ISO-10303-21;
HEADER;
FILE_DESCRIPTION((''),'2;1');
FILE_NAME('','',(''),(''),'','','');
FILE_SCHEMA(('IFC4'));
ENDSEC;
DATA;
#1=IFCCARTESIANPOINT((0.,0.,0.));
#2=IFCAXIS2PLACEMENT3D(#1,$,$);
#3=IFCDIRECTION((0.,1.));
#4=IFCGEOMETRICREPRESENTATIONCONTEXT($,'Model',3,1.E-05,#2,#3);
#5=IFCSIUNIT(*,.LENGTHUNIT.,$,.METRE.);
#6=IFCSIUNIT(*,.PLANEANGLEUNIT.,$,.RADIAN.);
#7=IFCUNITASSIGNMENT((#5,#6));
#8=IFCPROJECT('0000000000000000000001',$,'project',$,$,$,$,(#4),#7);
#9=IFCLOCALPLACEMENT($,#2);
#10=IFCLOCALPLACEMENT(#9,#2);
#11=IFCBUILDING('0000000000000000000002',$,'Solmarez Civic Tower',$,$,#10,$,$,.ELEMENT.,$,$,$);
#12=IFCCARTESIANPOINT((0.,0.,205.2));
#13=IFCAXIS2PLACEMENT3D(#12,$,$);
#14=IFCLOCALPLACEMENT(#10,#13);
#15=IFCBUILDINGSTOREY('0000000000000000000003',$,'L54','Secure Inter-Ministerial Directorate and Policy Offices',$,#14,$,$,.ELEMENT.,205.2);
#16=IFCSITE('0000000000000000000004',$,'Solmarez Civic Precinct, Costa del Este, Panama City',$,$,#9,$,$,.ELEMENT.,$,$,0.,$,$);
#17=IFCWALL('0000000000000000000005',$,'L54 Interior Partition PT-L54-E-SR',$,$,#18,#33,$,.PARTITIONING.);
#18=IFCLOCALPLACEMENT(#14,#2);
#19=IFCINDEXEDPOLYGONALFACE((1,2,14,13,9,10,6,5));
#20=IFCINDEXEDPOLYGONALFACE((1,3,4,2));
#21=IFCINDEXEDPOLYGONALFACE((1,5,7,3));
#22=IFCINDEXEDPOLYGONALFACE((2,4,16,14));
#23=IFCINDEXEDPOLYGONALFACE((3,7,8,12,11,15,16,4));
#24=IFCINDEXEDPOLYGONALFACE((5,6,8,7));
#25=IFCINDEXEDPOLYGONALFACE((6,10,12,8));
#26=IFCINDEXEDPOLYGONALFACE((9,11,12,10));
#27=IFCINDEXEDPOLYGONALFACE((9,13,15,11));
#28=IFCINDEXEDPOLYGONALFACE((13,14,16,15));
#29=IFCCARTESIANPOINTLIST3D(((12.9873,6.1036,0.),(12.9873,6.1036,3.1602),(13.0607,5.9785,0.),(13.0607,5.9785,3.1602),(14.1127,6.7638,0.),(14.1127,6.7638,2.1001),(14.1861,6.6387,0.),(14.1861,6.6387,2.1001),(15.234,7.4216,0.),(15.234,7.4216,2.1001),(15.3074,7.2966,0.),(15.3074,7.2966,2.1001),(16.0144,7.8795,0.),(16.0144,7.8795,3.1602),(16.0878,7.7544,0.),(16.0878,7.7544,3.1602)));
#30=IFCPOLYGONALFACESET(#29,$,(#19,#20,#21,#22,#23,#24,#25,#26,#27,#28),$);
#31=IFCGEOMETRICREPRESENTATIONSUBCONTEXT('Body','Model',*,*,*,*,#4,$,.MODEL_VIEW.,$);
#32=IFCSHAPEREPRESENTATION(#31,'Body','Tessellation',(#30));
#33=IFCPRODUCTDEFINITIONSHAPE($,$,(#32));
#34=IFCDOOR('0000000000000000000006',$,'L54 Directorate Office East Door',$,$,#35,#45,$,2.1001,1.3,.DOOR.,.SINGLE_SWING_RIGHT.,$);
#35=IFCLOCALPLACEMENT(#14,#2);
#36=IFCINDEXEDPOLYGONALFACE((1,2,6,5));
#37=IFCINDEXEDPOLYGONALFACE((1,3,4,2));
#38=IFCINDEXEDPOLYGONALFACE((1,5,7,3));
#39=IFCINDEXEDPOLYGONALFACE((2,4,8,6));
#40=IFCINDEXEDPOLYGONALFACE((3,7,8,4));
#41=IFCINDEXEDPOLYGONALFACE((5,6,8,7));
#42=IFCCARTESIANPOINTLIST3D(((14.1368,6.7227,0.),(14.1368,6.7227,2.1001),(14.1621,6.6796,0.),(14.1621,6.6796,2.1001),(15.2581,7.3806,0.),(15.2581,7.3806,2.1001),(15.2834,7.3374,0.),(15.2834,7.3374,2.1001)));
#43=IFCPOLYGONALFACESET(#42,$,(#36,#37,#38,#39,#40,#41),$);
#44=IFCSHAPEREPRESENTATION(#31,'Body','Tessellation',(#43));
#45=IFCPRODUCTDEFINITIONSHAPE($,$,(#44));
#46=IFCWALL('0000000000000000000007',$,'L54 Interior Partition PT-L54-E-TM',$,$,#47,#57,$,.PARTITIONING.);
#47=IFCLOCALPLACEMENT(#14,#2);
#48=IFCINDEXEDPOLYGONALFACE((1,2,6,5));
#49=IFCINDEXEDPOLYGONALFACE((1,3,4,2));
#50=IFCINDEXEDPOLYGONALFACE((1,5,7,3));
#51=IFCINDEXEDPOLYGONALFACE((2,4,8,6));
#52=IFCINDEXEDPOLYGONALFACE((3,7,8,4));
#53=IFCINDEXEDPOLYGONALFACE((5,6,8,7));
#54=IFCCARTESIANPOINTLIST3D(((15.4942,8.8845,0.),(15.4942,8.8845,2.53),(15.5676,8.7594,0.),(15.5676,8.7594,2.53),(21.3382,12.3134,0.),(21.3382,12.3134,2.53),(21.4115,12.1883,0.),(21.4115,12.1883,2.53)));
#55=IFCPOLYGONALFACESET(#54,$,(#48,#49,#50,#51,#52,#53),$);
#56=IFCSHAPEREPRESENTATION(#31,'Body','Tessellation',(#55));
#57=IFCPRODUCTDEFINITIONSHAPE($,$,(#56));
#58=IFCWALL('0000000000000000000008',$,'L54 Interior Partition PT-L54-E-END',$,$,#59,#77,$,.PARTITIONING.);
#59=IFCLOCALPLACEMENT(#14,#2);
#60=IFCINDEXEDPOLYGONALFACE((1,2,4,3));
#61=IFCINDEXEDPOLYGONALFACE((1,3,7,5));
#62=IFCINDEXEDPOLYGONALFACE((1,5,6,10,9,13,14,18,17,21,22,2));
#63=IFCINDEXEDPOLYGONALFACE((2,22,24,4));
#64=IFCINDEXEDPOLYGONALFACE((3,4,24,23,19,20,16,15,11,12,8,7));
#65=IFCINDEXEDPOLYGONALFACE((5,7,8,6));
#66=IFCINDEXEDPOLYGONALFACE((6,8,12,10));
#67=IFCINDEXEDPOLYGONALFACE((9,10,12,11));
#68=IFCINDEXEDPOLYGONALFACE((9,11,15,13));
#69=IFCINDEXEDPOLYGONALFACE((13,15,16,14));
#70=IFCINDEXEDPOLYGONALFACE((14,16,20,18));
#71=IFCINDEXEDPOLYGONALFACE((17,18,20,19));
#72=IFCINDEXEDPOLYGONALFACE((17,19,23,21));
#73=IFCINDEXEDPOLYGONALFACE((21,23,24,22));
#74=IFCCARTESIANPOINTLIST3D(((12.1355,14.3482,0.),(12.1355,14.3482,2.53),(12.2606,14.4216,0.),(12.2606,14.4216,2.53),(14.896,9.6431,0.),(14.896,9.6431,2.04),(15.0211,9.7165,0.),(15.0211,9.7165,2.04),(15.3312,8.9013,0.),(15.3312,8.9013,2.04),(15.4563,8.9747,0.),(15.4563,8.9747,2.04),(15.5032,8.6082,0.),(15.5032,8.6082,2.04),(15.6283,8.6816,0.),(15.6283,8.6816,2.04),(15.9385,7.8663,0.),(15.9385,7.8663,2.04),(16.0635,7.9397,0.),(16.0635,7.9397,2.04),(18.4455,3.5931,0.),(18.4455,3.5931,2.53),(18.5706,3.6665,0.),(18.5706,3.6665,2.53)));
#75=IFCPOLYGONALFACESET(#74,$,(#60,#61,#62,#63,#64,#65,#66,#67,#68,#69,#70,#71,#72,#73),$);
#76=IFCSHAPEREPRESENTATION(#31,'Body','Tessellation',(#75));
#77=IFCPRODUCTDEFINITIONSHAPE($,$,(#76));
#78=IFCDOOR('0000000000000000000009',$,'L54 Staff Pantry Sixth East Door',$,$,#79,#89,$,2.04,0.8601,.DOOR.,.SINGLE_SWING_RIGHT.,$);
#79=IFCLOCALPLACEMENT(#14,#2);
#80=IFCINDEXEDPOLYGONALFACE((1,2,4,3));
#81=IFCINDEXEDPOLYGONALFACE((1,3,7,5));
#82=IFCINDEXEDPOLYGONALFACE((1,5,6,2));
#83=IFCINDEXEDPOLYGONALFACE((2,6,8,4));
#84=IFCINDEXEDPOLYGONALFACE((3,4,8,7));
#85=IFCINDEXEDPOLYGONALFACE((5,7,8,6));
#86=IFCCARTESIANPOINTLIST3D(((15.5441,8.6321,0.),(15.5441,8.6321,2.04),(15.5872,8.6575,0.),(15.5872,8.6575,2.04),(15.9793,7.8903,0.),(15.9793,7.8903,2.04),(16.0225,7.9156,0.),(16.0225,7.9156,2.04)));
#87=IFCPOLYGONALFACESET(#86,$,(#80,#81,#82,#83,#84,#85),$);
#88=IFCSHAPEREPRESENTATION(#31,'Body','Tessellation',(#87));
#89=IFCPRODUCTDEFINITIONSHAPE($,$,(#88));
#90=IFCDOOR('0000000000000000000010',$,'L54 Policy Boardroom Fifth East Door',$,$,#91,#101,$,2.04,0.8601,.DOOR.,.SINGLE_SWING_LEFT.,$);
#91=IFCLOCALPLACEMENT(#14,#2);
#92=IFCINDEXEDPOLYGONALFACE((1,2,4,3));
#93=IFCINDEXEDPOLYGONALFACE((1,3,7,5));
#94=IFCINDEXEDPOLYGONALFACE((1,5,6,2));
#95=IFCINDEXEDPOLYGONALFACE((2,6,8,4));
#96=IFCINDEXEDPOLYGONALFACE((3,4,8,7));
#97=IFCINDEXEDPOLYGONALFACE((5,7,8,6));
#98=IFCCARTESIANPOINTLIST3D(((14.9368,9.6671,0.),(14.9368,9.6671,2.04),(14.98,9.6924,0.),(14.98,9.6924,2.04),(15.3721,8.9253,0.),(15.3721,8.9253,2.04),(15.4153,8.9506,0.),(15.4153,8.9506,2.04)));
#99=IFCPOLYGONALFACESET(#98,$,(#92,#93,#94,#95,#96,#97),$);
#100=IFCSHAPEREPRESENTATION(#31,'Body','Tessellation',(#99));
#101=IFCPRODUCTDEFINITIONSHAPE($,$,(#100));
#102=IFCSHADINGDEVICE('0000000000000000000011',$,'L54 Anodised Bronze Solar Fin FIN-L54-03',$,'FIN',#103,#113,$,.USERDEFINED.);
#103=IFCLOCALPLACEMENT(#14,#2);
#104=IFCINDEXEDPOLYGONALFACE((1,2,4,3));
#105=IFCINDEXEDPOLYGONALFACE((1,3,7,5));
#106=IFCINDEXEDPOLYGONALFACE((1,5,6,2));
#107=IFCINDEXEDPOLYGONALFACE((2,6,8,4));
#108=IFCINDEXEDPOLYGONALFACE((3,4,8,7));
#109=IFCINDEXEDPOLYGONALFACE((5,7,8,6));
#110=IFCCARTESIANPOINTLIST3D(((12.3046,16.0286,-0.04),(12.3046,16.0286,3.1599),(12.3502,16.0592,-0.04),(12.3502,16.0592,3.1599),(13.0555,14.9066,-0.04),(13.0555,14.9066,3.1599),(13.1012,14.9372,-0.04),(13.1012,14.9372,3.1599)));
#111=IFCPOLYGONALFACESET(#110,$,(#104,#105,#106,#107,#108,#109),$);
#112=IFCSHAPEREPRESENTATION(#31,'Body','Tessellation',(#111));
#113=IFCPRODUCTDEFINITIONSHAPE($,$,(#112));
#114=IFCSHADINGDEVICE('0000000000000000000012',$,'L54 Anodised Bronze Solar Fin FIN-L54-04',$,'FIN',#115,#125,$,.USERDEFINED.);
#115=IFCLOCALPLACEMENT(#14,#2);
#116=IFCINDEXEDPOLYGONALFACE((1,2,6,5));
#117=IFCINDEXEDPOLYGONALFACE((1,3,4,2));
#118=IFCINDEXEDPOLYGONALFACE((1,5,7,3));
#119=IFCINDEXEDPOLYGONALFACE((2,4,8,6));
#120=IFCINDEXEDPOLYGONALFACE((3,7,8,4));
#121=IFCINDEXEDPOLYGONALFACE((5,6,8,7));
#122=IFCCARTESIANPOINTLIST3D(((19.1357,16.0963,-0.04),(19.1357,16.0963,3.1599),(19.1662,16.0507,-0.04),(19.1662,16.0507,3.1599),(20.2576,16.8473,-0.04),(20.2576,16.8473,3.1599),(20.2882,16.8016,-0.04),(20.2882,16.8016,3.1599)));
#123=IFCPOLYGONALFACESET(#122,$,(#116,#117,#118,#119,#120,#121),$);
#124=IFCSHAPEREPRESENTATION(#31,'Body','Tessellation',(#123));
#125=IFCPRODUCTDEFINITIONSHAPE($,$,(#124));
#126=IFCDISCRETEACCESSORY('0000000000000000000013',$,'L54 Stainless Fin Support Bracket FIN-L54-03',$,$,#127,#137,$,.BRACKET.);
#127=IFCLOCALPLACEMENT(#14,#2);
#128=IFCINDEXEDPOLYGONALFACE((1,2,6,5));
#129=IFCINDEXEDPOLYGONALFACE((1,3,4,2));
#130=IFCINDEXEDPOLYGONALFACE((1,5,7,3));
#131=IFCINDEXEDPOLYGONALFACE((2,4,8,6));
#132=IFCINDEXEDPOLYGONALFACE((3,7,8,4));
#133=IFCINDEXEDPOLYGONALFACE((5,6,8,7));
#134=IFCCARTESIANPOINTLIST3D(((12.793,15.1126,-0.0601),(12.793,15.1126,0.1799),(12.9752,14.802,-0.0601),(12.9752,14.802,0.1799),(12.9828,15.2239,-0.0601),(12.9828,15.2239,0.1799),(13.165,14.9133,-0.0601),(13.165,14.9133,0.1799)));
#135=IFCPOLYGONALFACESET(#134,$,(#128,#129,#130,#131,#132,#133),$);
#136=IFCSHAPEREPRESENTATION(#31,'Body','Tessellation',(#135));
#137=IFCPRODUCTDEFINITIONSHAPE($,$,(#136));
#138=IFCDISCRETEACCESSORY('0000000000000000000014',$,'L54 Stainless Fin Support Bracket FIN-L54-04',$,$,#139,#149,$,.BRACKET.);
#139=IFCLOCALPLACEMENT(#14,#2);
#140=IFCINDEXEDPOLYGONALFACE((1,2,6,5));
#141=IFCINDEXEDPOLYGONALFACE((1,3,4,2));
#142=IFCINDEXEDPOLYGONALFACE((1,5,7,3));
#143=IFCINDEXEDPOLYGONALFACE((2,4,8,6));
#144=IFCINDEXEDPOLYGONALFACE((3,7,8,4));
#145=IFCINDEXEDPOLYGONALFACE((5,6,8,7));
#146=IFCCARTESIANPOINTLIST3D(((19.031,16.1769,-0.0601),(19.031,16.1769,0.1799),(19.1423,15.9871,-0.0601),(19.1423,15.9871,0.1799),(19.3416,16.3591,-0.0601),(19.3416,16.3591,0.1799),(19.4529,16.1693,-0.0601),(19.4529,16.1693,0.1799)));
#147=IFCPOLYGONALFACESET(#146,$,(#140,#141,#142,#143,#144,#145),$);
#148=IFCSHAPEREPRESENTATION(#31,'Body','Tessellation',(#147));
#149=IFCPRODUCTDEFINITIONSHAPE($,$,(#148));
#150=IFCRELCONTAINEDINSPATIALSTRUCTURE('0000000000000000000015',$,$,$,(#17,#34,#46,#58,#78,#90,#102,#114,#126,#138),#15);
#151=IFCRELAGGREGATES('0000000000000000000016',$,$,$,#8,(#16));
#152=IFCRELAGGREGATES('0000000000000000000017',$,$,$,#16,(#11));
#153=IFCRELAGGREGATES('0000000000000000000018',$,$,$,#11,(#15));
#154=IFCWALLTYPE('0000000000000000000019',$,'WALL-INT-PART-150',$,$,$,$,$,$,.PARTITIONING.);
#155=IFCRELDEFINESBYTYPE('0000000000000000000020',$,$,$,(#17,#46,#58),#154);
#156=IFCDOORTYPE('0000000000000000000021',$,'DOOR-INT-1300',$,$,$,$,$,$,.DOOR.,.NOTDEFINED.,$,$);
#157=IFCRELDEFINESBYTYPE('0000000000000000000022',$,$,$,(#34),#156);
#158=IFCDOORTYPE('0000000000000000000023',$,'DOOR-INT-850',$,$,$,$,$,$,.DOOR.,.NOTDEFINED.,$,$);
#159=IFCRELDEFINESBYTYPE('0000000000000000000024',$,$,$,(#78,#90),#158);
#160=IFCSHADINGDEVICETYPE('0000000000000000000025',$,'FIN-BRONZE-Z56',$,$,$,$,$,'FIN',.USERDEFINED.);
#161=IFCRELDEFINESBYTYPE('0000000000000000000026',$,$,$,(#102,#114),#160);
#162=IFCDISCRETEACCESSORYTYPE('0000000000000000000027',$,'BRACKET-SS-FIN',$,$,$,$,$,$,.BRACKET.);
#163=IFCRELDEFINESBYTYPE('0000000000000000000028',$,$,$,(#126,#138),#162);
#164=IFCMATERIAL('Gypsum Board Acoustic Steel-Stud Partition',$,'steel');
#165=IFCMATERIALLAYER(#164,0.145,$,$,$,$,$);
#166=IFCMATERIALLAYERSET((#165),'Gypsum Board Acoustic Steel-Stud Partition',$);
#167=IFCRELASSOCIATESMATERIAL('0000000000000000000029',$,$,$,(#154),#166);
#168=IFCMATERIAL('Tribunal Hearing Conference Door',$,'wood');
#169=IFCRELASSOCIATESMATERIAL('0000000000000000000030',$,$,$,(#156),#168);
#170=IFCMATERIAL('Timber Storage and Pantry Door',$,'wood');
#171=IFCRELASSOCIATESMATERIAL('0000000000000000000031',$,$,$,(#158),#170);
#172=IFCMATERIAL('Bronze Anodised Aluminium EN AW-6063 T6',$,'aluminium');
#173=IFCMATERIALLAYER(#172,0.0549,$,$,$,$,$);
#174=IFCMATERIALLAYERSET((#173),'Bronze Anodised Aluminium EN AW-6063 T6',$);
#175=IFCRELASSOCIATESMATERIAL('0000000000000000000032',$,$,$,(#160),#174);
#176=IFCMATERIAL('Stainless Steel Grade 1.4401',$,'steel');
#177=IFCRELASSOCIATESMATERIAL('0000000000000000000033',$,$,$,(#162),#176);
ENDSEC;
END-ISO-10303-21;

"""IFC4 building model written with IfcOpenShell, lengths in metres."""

from ifc_helpers import new_model, si_unit, direction, frame, frame_2d, origin, origin_2d, place, context, subcontext, project, spatial, rectangle, extrude, material, layer, layer_set, type_object, element, fill, save


model = new_model("IFC4")

# Units and contexts
model_context = context("Model", 3, precision=1e-05, world=origin(), true_north=direction((0.0, 1.0)))
body_context = subcontext(model_context, "Body", "Model", "MODEL_VIEW")
ifc_project = project(units=[si_unit("LENGTHUNIT", "METRE"), si_unit("PLANEANGLEUNIT", "RADIAN")], contexts=[model_context])

# Site, building, storey
site_placement = place(None, origin())
site = spatial("IfcSite", under=ifc_project, at=site_placement, Name="Solmarez Civic Precinct, Costa del Este, Panama City", CompositionType="ELEMENT", RefElevation=0.0)
building_placement = place(site_placement, origin())
building = spatial("IfcBuilding", under=site, at=building_placement, Name="Solmarez Civic Tower", CompositionType="ELEMENT")
storey_placement = place(building_placement, frame((0.0, 0.0, 205.2)))
storey = spatial("IfcBuildingStorey", under=building, at=storey_placement, Name="L54", Description="Secure Inter-Ministerial Directorate and Policy Offices", CompositionType="ELEMENT", Elevation=205.2)

# Shared definitions
ifc_material_1 = material(Name="Bronze Anodised Aluminium EN AW-6063 T6", Category="aluminium")

# Wall, opening, door
ifc_material_2 = material(Name="Gypsum Board Acoustic Steel-Stud Partition", Category="steel")
ifc_layer_1 = layer(ifc_material_2, 0.145)
ifc_layer_set_1 = layer_set([ifc_layer_1], Name="Gypsum Board Acoustic Steel-Stud Partition")
wall_type_1 = type_object("IfcWallType", Name="WALL-INT-PART-150", PredefinedType="PARTITIONING", material=ifc_layer_set_1)
ifc_material_3 = material(Name="Tribunal Hearing Conference Door", Category="wood")
door_type_1 = type_object("IfcDoorType", Name="DOOR-INT-1300", OperationType="NOTDEFINED", PredefinedType="DOOR", material=ifc_material_3)
wall_1_placement = place(storey_placement, frame((13.0239, 6.041, 0.0), z_axis=(0.0, 0.0, 1.0), x_axis=(0.862527, 0.50601, 0.0)))
wall_1 = element("IfcWall", 1, at=wall_1_placement, inside=storey, type_object=wall_type_1, Name="L54 Interior Partition PT-L54-E-SR", PredefinedType="PARTITIONING", context=body_context, shape_type="SweptSolid", body=[
    extrude(rectangle(XDim=3.5095, YDim=0.145, at=frame_2d((1.7549, 0.0))), origin(), (0.0, 0.0, 1.0), 3.1602),
])
opening_1_placement = place(wall_1_placement, frame((1.3049, 0.0, 0.0)))
opening_1 = element("IfcOpeningElement", 2, at=opening_1_placement, cuts=wall_1, PredefinedType="OPENING", context=body_context, shape_type="SweptSolid", body=[
    extrude(rectangle(XDim=1.3, YDim=2.1001, at=frame_2d((0.6499, 1.05))), frame((0.0, 0.0825, 0.0), z_axis=(0.0, -1.0, 0.0), x_axis=(1.0, 0.0, 0.0)), (0.0, 0.0, 1.0), 0.165),
])
door_1_placement = place(opening_1_placement, origin())
door_1 = element("IfcDoor", 3, at=door_1_placement, inside=storey, type_object=door_type_1, Name="L54 Directorate Office East Door", OperationType="SINGLE_SWING_RIGHT", OverallHeight=2.1001, OverallWidth=1.3, PredefinedType="DOOR", context=body_context, shape_type="SweptSolid", body=[
    extrude(rectangle(XDim=1.3, YDim=2.1001, at=frame_2d((0.6499, 1.05))), frame((0.0, 0.0249, 0.0), z_axis=(0.0, -1.0, 0.0), x_axis=(1.0, 0.0, 0.0)), (0.0, 0.0, 1.0), 0.05),
])
fill(opening_1, door_1)

# Wall
wall_2_placement = place(storey_placement, frame((15.531, 8.822, 0.0), z_axis=(0.0, 0.0, 1.0), x_axis=(0.862494, 0.506067, 0.0)))
element("IfcWall", 4, at=wall_2_placement, inside=storey, type_object=wall_type_1, Name="L54 Interior Partition PT-L54-E-TM", PredefinedType="PARTITIONING", context=body_context, shape_type="SweptSolid", body=[
    extrude(rectangle(XDim=6.7756, YDim=0.145, at=frame_2d((3.3877, 0.0))), origin(), (0.0, 0.0, 1.0), 2.53),
])

# Wall, openings, doors
wall_3_placement = place(storey_placement, frame((12.198, 14.385, 0.0), z_axis=(0.0, 0.0, 1.0), x_axis=(0.506038, -0.862511, 0.0)))
wall_3 = element("IfcWall", 5, at=wall_3_placement, inside=storey, type_object=wall_type_1, Name="L54 Interior Partition PT-L54-E-END", PredefinedType="PARTITIONING", context=body_context, shape_type="SweptSolid", body=[
    extrude(rectangle(XDim=12.4695, YDim=0.145, at=frame_2d((6.2349, 0.0))), origin(), (0.0, 0.0, 1.0), 2.53),
])
opening_2_placement = place(wall_3_placement, frame((6.655, 0.0, 0.0)))
opening_2 = element("IfcOpeningElement", 6, at=opening_2_placement, cuts=wall_3, PredefinedType="OPENING", context=body_context, shape_type="SweptSolid", body=[
    extrude(rectangle(XDim=0.8601, YDim=2.04, at=frame_2d((0.4302, 1.02))), frame((0.0, 0.0825, 0.0), z_axis=(0.0, -1.0, 0.0), x_axis=(1.0, 0.0, 0.0)), (0.0, 0.0, 1.0), 0.165),
])
opening_3_placement = place(wall_3_placement, frame((5.4551, 0.0, 0.0)))
opening_3 = element("IfcOpeningElement", 7, at=opening_3_placement, cuts=wall_3, PredefinedType="OPENING", context=body_context, shape_type="SweptSolid", body=[
    extrude(rectangle(XDim=0.8601, YDim=2.04, at=frame_2d((0.4302, 1.02))), frame((0.0, 0.0825, 0.0), z_axis=(0.0, -1.0, 0.0), x_axis=(1.0, 0.0, 0.0)), (0.0, 0.0, 1.0), 0.165),
])
ifc_material_4 = material(Name="Timber Storage and Pantry Door", Category="wood")
door_type_2 = type_object("IfcDoorType", Name="DOOR-INT-850", OperationType="NOTDEFINED", PredefinedType="DOOR", material=ifc_material_4)
door_2_placement = place(opening_2_placement, origin())
door_2 = element("IfcDoor", 8, at=door_2_placement, inside=storey, type_object=door_type_2, Name="L54 Staff Pantry Sixth East Door", OperationType="SINGLE_SWING_RIGHT", OverallHeight=2.04, OverallWidth=0.8601, PredefinedType="DOOR", context=body_context, shape_type="SweptSolid", body=[
    extrude(rectangle(XDim=0.8601, YDim=2.04, at=frame_2d((0.4302, 1.02))), frame((0.0, 0.0249, 0.0), z_axis=(0.0, -1.0, 0.0), x_axis=(1.0, 0.0, 0.0)), (0.0, 0.0, 1.0), 0.05),
])
fill(opening_2, door_2)
door_3_placement = place(opening_3_placement, origin())
door_3 = element("IfcDoor", 9, at=door_3_placement, inside=storey, type_object=door_type_2, Name="L54 Policy Boardroom Fifth East Door", OperationType="SINGLE_SWING_LEFT", OverallHeight=2.04, OverallWidth=0.8601, PredefinedType="DOOR", context=body_context, shape_type="SweptSolid", body=[
    extrude(rectangle(XDim=0.8601, YDim=2.04, at=frame_2d((0.4302, 1.02))), frame((0.0, 0.0249, 0.0), z_axis=(0.0, -1.0, 0.0), x_axis=(1.0, 0.0, 0.0)), (0.0, 0.0, 1.0), 0.05),
])
fill(opening_3, door_3)

# Shading devices
ifc_layer_2 = layer(ifc_material_1, 0.0549)
ifc_layer_set_2 = layer_set([ifc_layer_2], Name="Bronze Anodised Aluminium EN AW-6063 T6")
shading_device_type = type_object("IfcShadingDeviceType", Name="FIN-BRONZE-Z56", ElementType="FIN", PredefinedType="USERDEFINED", material=ifc_layer_set_2)
for number, where, z_axis, x_axis, name in (
    (10, (12.7029, 15.4829, -0.04), (0.0, 0.0, 1.0), (-0.556209, 0.831043, 0.0), "L54 Anodised Bronze Solar Fin FIN-L54-03"),
    (11, (19.7119, 16.449, -0.04), (0.0, 0.0, 1.0), (0.831014, 0.556252, 0.0), "L54 Anodised Bronze Solar Fin FIN-L54-04"),
):
    element("IfcShadingDevice", number, at=place(storey_placement, frame(where, z_axis=z_axis, x_axis=x_axis)), inside=storey, type_object=shading_device_type, Name=name, ObjectType="FIN", PredefinedType="USERDEFINED", context=body_context, shape_type="SweptSolid", body=[
        extrude(rectangle(XDim=1.3501, YDim=0.0549, at=origin_2d()), origin(), (0.0, 0.0, 1.0), 3.2),
    ])

# Discrete accessories
ifc_material_5 = material(Name="Stainless Steel Grade 1.4401", Category="steel")
discrete_accessory_type = type_object("IfcDiscreteAccessoryType", Name="BRACKET-SS-FIN", PredefinedType="BRACKET", material=ifc_material_5)
for number, where, z_axis, x_axis, name in (
    (12, (12.979, 15.0129, -0.0601), (0.0, 0.0, 1.0), (-0.505919, 0.862581, 0.0), "L54 Stainless Fin Support Bracket FIN-L54-03"),
    (13, (19.2419, 16.1731, -0.0601), (0.0, 0.0, 1.0), (0.862557, 0.505961, 0.0), "L54 Stainless Fin Support Bracket FIN-L54-04"),
):
    element("IfcDiscreteAccessory", number, at=place(storey_placement, frame(where, z_axis=z_axis, x_axis=x_axis)), inside=storey, type_object=discrete_accessory_type, Name=name, PredefinedType="BRACKET", context=body_context, shape_type="SweptSolid", body=[
        extrude(rectangle(XDim=0.3601, YDim=0.22, at=origin_2d()), origin(), (0.0, 0.0, 1.0), 0.24),
    ])

save(model, "model.ifc")
